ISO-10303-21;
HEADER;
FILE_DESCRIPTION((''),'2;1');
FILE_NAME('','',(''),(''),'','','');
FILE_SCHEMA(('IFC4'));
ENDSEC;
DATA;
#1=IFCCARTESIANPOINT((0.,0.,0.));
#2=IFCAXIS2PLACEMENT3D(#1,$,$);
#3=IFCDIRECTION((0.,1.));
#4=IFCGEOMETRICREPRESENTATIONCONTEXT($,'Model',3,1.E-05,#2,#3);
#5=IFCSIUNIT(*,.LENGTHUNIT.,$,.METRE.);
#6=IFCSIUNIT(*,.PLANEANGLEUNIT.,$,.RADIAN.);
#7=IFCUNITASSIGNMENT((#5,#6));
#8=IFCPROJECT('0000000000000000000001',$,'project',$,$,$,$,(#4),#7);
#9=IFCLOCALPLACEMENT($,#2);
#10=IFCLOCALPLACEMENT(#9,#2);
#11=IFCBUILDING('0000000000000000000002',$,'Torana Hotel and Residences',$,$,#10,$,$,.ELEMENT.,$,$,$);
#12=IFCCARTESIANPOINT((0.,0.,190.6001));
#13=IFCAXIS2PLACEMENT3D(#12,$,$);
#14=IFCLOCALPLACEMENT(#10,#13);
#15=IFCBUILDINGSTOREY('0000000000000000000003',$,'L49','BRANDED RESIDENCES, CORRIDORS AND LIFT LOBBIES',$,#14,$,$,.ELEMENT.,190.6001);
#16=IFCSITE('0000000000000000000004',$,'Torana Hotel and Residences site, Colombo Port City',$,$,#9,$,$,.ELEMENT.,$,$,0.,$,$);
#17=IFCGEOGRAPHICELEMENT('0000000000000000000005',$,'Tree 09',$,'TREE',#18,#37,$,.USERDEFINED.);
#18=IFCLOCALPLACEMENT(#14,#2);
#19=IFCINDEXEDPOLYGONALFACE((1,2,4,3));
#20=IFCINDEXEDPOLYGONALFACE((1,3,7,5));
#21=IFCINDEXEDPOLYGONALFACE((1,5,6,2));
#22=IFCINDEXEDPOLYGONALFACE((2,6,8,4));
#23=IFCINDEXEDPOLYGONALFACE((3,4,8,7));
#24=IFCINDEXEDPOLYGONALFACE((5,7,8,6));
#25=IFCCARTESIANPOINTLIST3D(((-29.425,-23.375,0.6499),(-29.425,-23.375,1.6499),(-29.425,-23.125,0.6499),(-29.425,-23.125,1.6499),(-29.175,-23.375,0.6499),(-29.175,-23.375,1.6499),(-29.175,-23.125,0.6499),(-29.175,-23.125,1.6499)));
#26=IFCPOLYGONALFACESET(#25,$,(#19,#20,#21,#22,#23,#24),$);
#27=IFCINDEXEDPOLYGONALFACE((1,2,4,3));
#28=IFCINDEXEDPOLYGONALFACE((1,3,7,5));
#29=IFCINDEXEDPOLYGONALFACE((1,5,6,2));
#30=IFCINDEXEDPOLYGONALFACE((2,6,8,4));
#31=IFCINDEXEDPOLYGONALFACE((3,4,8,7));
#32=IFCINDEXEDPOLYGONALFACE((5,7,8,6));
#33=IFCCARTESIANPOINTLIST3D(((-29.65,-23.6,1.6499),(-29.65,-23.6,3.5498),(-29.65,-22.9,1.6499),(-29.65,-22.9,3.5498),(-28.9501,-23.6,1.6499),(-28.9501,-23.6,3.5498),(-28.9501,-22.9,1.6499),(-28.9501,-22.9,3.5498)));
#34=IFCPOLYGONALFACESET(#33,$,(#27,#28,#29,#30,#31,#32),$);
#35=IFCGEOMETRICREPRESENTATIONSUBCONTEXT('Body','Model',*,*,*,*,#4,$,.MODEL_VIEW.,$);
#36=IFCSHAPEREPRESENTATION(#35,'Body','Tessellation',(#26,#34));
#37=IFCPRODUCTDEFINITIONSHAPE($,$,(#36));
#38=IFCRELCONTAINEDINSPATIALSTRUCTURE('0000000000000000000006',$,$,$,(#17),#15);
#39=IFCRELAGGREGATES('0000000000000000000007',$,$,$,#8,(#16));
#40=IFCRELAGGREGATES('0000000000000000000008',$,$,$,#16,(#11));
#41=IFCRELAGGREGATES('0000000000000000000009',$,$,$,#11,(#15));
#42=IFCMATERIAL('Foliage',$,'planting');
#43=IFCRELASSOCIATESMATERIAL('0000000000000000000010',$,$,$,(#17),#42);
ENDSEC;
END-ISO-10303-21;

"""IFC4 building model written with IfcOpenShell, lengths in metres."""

from ifc_helpers import new_model, si_unit, direction, frame, origin, origin_2d, place, context, subcontext, project, spatial, rectangle, extrude, material, element, save


model = new_model("IFC4")

# Units and contexts
model_context = context("Model", 3, precision=1e-05, world=origin(), true_north=direction((0.0, 1.0)))
body_context = subcontext(model_context, "Body", "Model", "MODEL_VIEW")
ifc_project = project(units=[si_unit("LENGTHUNIT", "METRE"), si_unit("PLANEANGLEUNIT", "RADIAN")], contexts=[model_context])

# Site, building, storey
site_placement = place(None, origin())
site = spatial("IfcSite", under=ifc_project, at=site_placement, Name="Torana Hotel and Residences site, Colombo Port City", CompositionType="ELEMENT", RefElevation=0.0)
building_placement = place(site_placement, origin())
building = spatial("IfcBuilding", under=site, at=building_placement, Name="Torana Hotel and Residences", CompositionType="ELEMENT")
storey_placement = place(building_placement, frame((0.0, 0.0, 190.6001)))
storey = spatial("IfcBuildingStorey", under=building, at=storey_placement, Name="L49", Description="BRANDED RESIDENCES, CORRIDORS AND LIFT LOBBIES", CompositionType="ELEMENT", Elevation=190.6001)

# Geographic element
ifc_material_1 = material(Name="Foliage", Category="planting")
geographic_element_placement = place(storey_placement, frame((-29.3, -23.25, 0.6499), z_axis=(0.0, 0.0, 1.0), x_axis=(1.0, 0.0, 0.0)))
element("IfcGeographicElement", 1, at=geographic_element_placement, inside=storey, material=ifc_material_1, Name="Tree 09", ObjectType="TREE", PredefinedType="USERDEFINED", context=body_context, shape_type="SweptSolid", body=[
    extrude(rectangle(XDim=0.25, YDim=0.25, at=origin_2d()), origin(), (0.0, 0.0, 1.0), 1.0),
    extrude(rectangle(XDim=0.7, YDim=0.7, at=origin_2d()), frame((0.0, 0.0, 1.0)), (0.0, 0.0, 1.0), 1.8999),
])

save(model, "model.ifc")
